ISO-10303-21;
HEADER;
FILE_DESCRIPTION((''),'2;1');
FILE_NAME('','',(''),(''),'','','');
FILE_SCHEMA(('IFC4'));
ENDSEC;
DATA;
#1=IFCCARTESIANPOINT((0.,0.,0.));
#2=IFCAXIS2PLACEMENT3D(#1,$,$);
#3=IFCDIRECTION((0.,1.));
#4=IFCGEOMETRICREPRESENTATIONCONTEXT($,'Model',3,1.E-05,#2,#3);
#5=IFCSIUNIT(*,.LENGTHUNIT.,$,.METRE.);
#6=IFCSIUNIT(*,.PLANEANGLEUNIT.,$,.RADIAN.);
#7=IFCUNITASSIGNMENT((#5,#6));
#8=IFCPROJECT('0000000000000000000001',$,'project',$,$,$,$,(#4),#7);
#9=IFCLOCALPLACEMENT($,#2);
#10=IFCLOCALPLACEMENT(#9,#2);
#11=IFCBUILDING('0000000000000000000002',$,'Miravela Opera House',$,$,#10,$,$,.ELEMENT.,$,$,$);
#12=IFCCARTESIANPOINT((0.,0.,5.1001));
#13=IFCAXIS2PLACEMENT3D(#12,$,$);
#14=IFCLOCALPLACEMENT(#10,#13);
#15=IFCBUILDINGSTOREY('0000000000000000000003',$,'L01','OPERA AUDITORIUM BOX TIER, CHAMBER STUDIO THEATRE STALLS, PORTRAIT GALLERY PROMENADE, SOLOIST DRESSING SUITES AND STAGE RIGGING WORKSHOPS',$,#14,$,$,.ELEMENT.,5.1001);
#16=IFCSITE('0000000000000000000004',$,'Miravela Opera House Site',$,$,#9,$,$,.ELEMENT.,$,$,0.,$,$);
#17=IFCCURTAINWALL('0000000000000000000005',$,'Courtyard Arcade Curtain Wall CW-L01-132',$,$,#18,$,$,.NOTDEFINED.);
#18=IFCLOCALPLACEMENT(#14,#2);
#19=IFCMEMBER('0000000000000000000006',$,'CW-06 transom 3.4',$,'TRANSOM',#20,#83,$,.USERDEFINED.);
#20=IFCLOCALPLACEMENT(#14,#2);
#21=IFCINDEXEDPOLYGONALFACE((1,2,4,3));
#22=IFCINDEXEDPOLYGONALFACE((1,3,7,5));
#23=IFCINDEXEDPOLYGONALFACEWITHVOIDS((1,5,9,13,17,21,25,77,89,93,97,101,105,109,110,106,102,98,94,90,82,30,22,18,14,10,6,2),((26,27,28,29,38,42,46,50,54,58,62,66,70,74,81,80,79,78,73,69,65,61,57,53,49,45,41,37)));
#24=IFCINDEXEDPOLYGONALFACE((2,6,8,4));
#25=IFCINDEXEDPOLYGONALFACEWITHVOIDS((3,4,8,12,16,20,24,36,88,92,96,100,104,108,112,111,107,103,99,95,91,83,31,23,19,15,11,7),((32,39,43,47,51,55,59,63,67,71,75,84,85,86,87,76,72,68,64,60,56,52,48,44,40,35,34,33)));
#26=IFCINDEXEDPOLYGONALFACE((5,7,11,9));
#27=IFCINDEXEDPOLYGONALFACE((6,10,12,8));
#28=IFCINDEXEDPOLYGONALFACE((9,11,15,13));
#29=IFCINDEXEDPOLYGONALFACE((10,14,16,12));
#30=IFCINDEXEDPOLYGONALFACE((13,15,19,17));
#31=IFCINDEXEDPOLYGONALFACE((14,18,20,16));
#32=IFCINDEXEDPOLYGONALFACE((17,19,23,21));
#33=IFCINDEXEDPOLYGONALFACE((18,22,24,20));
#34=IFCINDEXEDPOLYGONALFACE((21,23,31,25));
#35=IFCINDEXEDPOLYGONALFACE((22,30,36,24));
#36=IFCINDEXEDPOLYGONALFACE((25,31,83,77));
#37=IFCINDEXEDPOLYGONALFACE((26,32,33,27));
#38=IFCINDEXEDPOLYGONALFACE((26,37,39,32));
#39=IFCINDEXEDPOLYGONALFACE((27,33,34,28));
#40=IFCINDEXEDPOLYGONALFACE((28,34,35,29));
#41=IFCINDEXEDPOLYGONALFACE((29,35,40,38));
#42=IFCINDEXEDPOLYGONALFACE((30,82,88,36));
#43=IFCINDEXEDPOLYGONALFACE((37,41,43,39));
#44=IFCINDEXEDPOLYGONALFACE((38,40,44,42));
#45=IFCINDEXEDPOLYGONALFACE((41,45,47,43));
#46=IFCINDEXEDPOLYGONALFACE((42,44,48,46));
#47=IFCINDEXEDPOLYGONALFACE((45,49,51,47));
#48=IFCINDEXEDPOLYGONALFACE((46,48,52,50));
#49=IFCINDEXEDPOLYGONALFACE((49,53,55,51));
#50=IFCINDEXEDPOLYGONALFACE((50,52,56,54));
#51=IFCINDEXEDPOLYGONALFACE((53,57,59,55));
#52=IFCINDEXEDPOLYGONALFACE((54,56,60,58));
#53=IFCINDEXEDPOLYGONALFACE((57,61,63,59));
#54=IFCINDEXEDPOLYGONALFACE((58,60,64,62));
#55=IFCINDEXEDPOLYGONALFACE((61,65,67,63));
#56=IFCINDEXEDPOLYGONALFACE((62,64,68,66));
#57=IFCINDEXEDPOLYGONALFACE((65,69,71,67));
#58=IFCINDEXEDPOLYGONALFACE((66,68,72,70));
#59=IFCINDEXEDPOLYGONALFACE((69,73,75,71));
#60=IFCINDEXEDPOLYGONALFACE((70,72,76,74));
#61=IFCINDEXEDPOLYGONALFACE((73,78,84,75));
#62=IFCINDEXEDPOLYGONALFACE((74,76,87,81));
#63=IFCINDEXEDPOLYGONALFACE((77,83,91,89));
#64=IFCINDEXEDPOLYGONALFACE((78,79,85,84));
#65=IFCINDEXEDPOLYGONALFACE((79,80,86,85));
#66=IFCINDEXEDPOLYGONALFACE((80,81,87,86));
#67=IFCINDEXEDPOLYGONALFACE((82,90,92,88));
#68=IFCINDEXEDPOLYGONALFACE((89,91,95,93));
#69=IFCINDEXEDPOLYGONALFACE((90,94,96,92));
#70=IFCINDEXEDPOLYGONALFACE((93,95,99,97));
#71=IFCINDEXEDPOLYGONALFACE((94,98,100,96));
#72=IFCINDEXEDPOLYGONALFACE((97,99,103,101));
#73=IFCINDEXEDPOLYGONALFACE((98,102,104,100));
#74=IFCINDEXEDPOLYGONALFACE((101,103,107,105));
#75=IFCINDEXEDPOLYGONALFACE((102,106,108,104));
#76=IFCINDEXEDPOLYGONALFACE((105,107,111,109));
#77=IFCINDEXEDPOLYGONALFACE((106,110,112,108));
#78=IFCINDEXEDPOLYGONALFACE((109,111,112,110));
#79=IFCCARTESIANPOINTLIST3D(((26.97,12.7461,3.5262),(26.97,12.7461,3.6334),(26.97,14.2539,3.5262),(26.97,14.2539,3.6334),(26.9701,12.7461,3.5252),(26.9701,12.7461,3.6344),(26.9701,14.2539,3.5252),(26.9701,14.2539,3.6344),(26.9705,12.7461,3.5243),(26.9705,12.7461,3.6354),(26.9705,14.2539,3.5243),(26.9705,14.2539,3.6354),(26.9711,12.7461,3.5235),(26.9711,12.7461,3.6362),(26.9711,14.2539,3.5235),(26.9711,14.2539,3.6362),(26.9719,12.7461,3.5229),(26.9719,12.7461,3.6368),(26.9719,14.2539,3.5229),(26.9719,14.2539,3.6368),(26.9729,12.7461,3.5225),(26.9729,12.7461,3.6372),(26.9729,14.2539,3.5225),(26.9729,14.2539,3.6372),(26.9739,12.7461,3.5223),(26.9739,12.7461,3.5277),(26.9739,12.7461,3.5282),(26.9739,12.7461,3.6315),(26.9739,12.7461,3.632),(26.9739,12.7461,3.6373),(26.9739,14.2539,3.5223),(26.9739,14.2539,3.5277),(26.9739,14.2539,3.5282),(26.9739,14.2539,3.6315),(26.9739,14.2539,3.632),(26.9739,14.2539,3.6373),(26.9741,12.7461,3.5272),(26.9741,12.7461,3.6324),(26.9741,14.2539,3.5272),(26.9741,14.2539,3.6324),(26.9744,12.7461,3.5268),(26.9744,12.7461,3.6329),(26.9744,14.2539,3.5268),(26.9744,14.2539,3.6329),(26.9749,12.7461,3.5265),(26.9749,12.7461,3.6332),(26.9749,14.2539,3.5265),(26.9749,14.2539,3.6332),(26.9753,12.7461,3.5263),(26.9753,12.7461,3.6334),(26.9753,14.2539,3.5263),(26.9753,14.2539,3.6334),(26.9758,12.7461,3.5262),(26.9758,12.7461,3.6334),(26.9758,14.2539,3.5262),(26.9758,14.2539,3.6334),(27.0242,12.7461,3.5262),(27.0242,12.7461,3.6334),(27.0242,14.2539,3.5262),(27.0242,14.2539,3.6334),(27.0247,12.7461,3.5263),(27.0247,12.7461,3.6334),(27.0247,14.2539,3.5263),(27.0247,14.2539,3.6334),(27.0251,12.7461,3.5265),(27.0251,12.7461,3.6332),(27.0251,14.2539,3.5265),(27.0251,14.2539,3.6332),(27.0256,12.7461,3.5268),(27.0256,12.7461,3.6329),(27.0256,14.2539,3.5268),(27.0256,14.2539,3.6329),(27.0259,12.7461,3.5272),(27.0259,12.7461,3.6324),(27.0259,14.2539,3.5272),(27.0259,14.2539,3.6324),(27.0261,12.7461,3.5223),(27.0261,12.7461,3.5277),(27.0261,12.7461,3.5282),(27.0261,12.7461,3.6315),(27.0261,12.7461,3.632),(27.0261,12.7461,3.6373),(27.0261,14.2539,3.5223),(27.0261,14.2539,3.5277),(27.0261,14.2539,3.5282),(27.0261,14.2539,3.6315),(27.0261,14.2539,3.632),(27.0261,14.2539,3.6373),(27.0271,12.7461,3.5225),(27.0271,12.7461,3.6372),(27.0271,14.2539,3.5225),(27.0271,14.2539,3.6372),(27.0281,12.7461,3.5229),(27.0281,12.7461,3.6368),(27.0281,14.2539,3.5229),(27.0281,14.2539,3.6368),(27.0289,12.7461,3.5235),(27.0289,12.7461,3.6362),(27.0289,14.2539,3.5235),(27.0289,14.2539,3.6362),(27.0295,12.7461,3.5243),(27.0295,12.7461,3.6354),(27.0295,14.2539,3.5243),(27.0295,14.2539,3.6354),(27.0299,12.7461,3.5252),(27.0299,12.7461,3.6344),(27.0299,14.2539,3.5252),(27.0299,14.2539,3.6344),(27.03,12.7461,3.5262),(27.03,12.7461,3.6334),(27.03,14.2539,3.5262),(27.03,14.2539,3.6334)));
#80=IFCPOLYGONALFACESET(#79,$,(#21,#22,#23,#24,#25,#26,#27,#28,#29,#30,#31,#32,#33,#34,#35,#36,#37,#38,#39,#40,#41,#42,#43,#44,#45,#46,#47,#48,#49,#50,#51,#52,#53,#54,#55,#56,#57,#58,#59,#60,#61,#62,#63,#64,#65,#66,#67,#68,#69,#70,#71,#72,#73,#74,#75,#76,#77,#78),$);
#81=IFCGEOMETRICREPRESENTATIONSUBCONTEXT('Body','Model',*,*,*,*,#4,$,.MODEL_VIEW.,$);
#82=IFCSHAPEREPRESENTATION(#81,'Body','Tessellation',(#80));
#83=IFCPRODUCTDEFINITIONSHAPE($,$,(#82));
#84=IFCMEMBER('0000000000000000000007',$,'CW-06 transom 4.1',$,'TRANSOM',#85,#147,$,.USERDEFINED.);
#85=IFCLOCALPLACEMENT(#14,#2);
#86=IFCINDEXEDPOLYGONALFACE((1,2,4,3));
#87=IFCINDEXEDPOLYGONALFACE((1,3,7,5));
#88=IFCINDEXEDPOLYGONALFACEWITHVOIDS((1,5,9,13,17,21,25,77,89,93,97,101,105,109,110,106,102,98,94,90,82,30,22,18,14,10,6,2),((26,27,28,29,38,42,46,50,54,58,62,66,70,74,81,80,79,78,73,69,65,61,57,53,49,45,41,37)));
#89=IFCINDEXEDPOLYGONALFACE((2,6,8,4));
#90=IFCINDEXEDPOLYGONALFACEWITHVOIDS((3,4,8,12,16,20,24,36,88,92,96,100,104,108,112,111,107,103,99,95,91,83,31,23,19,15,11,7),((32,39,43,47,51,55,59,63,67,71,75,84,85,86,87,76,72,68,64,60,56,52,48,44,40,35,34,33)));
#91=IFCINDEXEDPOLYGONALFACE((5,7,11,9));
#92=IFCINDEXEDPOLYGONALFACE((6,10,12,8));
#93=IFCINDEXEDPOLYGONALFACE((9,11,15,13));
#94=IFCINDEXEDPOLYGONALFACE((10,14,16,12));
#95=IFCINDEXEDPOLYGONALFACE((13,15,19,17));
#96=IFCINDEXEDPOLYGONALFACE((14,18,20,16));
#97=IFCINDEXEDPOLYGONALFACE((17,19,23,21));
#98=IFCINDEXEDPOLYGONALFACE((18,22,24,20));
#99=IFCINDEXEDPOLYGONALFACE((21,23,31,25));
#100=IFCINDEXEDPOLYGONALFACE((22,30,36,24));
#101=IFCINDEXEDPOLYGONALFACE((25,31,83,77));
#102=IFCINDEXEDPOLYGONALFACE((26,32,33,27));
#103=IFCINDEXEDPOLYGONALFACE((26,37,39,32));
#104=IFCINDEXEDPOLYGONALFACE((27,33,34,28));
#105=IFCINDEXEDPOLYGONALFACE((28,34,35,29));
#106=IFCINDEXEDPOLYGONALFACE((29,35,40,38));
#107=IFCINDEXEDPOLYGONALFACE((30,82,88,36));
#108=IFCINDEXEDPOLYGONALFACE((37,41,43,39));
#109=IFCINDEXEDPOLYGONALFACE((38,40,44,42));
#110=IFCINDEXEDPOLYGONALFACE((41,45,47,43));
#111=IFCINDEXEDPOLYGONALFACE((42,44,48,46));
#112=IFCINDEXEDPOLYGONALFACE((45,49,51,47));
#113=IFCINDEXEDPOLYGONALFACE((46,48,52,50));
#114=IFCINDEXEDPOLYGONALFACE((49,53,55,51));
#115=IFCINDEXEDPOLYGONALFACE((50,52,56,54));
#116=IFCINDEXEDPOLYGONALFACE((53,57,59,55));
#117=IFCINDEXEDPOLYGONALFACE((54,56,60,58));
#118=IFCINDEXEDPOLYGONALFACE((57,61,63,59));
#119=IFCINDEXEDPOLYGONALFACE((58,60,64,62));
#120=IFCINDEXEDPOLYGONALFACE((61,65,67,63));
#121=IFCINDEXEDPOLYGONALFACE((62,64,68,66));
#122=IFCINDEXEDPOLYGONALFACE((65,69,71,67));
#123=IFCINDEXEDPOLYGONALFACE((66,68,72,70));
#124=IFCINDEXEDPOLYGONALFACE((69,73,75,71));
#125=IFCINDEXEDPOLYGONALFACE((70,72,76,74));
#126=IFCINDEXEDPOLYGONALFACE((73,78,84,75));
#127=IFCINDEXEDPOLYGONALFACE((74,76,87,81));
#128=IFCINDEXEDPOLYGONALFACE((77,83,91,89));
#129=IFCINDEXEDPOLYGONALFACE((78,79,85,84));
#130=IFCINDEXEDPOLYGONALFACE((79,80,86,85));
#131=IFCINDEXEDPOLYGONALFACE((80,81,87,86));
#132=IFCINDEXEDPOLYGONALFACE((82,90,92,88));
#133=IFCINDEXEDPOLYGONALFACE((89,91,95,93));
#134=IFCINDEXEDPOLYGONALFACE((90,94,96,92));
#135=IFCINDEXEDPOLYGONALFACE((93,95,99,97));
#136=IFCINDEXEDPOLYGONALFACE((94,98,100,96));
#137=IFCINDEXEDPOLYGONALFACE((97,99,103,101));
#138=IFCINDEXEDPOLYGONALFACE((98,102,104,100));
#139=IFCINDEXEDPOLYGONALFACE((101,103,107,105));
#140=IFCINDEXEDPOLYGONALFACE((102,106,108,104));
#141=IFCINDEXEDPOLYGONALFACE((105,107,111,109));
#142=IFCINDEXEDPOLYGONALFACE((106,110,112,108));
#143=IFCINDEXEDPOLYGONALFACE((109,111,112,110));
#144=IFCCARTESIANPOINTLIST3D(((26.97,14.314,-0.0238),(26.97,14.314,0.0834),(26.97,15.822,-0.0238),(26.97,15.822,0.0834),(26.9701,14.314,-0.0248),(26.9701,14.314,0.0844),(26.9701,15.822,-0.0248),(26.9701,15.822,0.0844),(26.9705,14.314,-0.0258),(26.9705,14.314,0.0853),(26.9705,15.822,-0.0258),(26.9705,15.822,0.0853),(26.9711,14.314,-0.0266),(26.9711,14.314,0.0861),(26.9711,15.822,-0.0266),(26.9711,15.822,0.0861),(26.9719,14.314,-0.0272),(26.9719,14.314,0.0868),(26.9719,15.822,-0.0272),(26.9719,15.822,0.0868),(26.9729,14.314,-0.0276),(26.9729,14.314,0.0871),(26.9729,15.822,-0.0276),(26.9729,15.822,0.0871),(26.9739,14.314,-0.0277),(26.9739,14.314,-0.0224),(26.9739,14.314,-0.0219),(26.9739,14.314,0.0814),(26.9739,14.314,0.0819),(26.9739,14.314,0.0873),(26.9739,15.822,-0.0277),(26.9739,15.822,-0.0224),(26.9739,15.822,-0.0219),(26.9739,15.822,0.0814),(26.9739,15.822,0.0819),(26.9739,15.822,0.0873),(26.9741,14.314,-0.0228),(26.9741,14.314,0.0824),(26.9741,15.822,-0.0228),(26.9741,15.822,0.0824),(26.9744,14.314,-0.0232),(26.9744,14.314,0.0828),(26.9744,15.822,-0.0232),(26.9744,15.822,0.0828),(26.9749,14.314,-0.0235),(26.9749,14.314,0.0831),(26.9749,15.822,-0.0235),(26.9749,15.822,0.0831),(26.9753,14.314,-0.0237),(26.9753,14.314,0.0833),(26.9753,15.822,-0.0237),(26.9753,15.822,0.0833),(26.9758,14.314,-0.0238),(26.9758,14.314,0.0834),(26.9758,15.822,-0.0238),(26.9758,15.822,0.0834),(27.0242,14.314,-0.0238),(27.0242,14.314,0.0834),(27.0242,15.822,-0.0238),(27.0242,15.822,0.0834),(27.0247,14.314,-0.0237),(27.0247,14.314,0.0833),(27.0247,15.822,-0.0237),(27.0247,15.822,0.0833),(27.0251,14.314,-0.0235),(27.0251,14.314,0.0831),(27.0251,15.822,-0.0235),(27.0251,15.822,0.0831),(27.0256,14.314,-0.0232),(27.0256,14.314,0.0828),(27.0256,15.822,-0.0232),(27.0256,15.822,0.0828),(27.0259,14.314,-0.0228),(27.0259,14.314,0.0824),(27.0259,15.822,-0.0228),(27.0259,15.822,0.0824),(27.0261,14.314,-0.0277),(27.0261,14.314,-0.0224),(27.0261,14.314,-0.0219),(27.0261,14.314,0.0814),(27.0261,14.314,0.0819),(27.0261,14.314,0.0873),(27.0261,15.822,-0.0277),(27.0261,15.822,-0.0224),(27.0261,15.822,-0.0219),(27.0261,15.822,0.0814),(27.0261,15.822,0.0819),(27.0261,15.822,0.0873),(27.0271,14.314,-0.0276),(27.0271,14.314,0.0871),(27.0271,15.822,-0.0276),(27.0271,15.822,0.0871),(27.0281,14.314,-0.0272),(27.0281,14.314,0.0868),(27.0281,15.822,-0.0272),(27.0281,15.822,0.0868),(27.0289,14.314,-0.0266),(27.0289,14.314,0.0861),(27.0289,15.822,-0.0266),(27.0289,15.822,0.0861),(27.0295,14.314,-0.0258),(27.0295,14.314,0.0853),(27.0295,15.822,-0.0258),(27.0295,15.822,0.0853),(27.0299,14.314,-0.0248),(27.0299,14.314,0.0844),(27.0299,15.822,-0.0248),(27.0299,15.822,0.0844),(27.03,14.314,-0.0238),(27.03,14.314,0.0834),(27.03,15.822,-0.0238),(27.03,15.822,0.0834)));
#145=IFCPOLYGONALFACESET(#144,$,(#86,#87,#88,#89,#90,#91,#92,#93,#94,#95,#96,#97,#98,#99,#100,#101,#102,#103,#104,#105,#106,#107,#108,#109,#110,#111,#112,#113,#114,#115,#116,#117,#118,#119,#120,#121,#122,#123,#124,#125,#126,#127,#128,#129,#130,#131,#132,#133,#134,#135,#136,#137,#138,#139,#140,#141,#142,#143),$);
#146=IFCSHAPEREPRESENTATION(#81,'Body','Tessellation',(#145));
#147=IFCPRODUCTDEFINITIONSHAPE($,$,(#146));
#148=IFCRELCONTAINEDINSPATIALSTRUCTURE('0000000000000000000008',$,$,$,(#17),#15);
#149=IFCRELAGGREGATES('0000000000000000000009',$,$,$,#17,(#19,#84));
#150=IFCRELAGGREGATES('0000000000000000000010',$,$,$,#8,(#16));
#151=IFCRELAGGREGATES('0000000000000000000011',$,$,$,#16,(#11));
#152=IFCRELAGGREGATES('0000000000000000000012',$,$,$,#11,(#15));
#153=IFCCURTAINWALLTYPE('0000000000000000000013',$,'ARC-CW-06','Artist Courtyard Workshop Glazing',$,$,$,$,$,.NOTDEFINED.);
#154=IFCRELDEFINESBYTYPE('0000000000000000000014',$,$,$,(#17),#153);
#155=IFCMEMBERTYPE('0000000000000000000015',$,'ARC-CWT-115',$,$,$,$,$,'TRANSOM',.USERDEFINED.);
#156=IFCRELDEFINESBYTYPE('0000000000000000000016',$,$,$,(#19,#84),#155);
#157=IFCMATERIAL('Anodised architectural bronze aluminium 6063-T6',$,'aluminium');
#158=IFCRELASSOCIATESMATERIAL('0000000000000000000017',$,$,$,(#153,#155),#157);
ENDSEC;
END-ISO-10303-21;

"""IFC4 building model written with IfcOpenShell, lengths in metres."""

from ifc_helpers import new_model, si_unit, direction, frame, origin, origin_2d, place, context, subcontext, project, spatial, hollow_rectangle, extrude, material, material_profile, profile_set, type_object, element, aggregate, save


model = new_model("IFC4")

# Units and contexts
model_context = context("Model", 3, precision=1e-05, world=origin(), true_north=direction((0.0, 1.0)))
body_context = subcontext(model_context, "Body", "Model", "MODEL_VIEW")
ifc_project = project(units=[si_unit("LENGTHUNIT", "METRE"), si_unit("PLANEANGLEUNIT", "RADIAN")], contexts=[model_context])

# Site, building, storey
site_placement = place(None, origin())
site = spatial("IfcSite", under=ifc_project, at=site_placement, Name="Miravela Opera House Site", CompositionType="ELEMENT", RefElevation=0.0)
building_placement = place(site_placement, origin())
building = spatial("IfcBuilding", under=site, at=building_placement, Name="Miravela Opera House", CompositionType="ELEMENT")
storey_placement = place(building_placement, frame((0.0, 0.0, 5.1001)))
storey = spatial("IfcBuildingStorey", under=building, at=storey_placement, Name="L01", Description="OPERA AUDITORIUM BOX TIER, CHAMBER STUDIO THEATRE STALLS, PORTRAIT GALLERY PROMENADE, SOLOIST DRESSING SUITES AND STAGE RIGGING WORKSHOPS", CompositionType="ELEMENT", Elevation=5.1001)

# Curtain wall, members
ifc_material_1 = material(Name="Anodised architectural bronze aluminium 6063-T6", Category="aluminium")
curtain_wall_type = type_object("IfcCurtainWallType", Name="ARC-CW-06", Description="Artist Courtyard Workshop Glazing", PredefinedType="NOTDEFINED", material=ifc_material_1)
curtain_wall_placement = place(storey_placement, origin())
curtain_wall = element("IfcCurtainWall", 1, at=curtain_wall_placement, inside=storey, type_object=curtain_wall_type, Name="Courtyard Arcade Curtain Wall CW-L01-132", PredefinedType="NOTDEFINED")
ifc_material_profile_1 = material_profile(ifc_material_1, hollow_rectangle(XDim=0.0601, YDim=0.115, WallThickness=0.0039, InnerFilletRadius=0.002, OuterFilletRadius=0.0039, at=origin_2d()), Name="CWT-60X115")
ifc_profile_set_1 = profile_set([ifc_material_profile_1])
member_type_1 = type_object("IfcMemberType", Name="ARC-CWT-115", ElementType="TRANSOM", PredefinedType="USERDEFINED", material=ifc_profile_set_1)
member_1_placement = place(storey_placement, frame((27.0, 12.7461, 3.5798), z_axis=(0.0, 1.0, 0.0), x_axis=(-1.0, 0.0, 0.0)))
member_1 = element("IfcMember", 2, at=member_1_placement, type_object=member_type_1, Name="CW-06 transom 3.4", ObjectType="TRANSOM", PredefinedType="USERDEFINED", context=body_context, shape_type="SweptSolid", body=[
    extrude(hollow_rectangle(XDim=0.0601, YDim=0.115, WallThickness=0.0039, InnerFilletRadius=0.002, OuterFilletRadius=0.0039, at=origin_2d()), origin(), (0.0, 0.0, 1.0), 1.5078),
])
member_2_placement = place(storey_placement, frame((27.0, 14.314, 0.0298), z_axis=(0.0, 1.0, 0.0), x_axis=(-1.0, 0.0, 0.0)))
member_2 = element("IfcMember", 3, at=member_2_placement, type_object=member_type_1, Name="CW-06 transom 4.1", ObjectType="TRANSOM", PredefinedType="USERDEFINED", context=body_context, shape_type="SweptSolid", body=[
    extrude(hollow_rectangle(XDim=0.0601, YDim=0.115, WallThickness=0.0039, InnerFilletRadius=0.002, OuterFilletRadius=0.0039, at=origin_2d()), origin(), (0.0, 0.0, 1.0), 1.5081),
])
aggregate(curtain_wall, [member_1, member_2])

save(model, "model.ifc")
